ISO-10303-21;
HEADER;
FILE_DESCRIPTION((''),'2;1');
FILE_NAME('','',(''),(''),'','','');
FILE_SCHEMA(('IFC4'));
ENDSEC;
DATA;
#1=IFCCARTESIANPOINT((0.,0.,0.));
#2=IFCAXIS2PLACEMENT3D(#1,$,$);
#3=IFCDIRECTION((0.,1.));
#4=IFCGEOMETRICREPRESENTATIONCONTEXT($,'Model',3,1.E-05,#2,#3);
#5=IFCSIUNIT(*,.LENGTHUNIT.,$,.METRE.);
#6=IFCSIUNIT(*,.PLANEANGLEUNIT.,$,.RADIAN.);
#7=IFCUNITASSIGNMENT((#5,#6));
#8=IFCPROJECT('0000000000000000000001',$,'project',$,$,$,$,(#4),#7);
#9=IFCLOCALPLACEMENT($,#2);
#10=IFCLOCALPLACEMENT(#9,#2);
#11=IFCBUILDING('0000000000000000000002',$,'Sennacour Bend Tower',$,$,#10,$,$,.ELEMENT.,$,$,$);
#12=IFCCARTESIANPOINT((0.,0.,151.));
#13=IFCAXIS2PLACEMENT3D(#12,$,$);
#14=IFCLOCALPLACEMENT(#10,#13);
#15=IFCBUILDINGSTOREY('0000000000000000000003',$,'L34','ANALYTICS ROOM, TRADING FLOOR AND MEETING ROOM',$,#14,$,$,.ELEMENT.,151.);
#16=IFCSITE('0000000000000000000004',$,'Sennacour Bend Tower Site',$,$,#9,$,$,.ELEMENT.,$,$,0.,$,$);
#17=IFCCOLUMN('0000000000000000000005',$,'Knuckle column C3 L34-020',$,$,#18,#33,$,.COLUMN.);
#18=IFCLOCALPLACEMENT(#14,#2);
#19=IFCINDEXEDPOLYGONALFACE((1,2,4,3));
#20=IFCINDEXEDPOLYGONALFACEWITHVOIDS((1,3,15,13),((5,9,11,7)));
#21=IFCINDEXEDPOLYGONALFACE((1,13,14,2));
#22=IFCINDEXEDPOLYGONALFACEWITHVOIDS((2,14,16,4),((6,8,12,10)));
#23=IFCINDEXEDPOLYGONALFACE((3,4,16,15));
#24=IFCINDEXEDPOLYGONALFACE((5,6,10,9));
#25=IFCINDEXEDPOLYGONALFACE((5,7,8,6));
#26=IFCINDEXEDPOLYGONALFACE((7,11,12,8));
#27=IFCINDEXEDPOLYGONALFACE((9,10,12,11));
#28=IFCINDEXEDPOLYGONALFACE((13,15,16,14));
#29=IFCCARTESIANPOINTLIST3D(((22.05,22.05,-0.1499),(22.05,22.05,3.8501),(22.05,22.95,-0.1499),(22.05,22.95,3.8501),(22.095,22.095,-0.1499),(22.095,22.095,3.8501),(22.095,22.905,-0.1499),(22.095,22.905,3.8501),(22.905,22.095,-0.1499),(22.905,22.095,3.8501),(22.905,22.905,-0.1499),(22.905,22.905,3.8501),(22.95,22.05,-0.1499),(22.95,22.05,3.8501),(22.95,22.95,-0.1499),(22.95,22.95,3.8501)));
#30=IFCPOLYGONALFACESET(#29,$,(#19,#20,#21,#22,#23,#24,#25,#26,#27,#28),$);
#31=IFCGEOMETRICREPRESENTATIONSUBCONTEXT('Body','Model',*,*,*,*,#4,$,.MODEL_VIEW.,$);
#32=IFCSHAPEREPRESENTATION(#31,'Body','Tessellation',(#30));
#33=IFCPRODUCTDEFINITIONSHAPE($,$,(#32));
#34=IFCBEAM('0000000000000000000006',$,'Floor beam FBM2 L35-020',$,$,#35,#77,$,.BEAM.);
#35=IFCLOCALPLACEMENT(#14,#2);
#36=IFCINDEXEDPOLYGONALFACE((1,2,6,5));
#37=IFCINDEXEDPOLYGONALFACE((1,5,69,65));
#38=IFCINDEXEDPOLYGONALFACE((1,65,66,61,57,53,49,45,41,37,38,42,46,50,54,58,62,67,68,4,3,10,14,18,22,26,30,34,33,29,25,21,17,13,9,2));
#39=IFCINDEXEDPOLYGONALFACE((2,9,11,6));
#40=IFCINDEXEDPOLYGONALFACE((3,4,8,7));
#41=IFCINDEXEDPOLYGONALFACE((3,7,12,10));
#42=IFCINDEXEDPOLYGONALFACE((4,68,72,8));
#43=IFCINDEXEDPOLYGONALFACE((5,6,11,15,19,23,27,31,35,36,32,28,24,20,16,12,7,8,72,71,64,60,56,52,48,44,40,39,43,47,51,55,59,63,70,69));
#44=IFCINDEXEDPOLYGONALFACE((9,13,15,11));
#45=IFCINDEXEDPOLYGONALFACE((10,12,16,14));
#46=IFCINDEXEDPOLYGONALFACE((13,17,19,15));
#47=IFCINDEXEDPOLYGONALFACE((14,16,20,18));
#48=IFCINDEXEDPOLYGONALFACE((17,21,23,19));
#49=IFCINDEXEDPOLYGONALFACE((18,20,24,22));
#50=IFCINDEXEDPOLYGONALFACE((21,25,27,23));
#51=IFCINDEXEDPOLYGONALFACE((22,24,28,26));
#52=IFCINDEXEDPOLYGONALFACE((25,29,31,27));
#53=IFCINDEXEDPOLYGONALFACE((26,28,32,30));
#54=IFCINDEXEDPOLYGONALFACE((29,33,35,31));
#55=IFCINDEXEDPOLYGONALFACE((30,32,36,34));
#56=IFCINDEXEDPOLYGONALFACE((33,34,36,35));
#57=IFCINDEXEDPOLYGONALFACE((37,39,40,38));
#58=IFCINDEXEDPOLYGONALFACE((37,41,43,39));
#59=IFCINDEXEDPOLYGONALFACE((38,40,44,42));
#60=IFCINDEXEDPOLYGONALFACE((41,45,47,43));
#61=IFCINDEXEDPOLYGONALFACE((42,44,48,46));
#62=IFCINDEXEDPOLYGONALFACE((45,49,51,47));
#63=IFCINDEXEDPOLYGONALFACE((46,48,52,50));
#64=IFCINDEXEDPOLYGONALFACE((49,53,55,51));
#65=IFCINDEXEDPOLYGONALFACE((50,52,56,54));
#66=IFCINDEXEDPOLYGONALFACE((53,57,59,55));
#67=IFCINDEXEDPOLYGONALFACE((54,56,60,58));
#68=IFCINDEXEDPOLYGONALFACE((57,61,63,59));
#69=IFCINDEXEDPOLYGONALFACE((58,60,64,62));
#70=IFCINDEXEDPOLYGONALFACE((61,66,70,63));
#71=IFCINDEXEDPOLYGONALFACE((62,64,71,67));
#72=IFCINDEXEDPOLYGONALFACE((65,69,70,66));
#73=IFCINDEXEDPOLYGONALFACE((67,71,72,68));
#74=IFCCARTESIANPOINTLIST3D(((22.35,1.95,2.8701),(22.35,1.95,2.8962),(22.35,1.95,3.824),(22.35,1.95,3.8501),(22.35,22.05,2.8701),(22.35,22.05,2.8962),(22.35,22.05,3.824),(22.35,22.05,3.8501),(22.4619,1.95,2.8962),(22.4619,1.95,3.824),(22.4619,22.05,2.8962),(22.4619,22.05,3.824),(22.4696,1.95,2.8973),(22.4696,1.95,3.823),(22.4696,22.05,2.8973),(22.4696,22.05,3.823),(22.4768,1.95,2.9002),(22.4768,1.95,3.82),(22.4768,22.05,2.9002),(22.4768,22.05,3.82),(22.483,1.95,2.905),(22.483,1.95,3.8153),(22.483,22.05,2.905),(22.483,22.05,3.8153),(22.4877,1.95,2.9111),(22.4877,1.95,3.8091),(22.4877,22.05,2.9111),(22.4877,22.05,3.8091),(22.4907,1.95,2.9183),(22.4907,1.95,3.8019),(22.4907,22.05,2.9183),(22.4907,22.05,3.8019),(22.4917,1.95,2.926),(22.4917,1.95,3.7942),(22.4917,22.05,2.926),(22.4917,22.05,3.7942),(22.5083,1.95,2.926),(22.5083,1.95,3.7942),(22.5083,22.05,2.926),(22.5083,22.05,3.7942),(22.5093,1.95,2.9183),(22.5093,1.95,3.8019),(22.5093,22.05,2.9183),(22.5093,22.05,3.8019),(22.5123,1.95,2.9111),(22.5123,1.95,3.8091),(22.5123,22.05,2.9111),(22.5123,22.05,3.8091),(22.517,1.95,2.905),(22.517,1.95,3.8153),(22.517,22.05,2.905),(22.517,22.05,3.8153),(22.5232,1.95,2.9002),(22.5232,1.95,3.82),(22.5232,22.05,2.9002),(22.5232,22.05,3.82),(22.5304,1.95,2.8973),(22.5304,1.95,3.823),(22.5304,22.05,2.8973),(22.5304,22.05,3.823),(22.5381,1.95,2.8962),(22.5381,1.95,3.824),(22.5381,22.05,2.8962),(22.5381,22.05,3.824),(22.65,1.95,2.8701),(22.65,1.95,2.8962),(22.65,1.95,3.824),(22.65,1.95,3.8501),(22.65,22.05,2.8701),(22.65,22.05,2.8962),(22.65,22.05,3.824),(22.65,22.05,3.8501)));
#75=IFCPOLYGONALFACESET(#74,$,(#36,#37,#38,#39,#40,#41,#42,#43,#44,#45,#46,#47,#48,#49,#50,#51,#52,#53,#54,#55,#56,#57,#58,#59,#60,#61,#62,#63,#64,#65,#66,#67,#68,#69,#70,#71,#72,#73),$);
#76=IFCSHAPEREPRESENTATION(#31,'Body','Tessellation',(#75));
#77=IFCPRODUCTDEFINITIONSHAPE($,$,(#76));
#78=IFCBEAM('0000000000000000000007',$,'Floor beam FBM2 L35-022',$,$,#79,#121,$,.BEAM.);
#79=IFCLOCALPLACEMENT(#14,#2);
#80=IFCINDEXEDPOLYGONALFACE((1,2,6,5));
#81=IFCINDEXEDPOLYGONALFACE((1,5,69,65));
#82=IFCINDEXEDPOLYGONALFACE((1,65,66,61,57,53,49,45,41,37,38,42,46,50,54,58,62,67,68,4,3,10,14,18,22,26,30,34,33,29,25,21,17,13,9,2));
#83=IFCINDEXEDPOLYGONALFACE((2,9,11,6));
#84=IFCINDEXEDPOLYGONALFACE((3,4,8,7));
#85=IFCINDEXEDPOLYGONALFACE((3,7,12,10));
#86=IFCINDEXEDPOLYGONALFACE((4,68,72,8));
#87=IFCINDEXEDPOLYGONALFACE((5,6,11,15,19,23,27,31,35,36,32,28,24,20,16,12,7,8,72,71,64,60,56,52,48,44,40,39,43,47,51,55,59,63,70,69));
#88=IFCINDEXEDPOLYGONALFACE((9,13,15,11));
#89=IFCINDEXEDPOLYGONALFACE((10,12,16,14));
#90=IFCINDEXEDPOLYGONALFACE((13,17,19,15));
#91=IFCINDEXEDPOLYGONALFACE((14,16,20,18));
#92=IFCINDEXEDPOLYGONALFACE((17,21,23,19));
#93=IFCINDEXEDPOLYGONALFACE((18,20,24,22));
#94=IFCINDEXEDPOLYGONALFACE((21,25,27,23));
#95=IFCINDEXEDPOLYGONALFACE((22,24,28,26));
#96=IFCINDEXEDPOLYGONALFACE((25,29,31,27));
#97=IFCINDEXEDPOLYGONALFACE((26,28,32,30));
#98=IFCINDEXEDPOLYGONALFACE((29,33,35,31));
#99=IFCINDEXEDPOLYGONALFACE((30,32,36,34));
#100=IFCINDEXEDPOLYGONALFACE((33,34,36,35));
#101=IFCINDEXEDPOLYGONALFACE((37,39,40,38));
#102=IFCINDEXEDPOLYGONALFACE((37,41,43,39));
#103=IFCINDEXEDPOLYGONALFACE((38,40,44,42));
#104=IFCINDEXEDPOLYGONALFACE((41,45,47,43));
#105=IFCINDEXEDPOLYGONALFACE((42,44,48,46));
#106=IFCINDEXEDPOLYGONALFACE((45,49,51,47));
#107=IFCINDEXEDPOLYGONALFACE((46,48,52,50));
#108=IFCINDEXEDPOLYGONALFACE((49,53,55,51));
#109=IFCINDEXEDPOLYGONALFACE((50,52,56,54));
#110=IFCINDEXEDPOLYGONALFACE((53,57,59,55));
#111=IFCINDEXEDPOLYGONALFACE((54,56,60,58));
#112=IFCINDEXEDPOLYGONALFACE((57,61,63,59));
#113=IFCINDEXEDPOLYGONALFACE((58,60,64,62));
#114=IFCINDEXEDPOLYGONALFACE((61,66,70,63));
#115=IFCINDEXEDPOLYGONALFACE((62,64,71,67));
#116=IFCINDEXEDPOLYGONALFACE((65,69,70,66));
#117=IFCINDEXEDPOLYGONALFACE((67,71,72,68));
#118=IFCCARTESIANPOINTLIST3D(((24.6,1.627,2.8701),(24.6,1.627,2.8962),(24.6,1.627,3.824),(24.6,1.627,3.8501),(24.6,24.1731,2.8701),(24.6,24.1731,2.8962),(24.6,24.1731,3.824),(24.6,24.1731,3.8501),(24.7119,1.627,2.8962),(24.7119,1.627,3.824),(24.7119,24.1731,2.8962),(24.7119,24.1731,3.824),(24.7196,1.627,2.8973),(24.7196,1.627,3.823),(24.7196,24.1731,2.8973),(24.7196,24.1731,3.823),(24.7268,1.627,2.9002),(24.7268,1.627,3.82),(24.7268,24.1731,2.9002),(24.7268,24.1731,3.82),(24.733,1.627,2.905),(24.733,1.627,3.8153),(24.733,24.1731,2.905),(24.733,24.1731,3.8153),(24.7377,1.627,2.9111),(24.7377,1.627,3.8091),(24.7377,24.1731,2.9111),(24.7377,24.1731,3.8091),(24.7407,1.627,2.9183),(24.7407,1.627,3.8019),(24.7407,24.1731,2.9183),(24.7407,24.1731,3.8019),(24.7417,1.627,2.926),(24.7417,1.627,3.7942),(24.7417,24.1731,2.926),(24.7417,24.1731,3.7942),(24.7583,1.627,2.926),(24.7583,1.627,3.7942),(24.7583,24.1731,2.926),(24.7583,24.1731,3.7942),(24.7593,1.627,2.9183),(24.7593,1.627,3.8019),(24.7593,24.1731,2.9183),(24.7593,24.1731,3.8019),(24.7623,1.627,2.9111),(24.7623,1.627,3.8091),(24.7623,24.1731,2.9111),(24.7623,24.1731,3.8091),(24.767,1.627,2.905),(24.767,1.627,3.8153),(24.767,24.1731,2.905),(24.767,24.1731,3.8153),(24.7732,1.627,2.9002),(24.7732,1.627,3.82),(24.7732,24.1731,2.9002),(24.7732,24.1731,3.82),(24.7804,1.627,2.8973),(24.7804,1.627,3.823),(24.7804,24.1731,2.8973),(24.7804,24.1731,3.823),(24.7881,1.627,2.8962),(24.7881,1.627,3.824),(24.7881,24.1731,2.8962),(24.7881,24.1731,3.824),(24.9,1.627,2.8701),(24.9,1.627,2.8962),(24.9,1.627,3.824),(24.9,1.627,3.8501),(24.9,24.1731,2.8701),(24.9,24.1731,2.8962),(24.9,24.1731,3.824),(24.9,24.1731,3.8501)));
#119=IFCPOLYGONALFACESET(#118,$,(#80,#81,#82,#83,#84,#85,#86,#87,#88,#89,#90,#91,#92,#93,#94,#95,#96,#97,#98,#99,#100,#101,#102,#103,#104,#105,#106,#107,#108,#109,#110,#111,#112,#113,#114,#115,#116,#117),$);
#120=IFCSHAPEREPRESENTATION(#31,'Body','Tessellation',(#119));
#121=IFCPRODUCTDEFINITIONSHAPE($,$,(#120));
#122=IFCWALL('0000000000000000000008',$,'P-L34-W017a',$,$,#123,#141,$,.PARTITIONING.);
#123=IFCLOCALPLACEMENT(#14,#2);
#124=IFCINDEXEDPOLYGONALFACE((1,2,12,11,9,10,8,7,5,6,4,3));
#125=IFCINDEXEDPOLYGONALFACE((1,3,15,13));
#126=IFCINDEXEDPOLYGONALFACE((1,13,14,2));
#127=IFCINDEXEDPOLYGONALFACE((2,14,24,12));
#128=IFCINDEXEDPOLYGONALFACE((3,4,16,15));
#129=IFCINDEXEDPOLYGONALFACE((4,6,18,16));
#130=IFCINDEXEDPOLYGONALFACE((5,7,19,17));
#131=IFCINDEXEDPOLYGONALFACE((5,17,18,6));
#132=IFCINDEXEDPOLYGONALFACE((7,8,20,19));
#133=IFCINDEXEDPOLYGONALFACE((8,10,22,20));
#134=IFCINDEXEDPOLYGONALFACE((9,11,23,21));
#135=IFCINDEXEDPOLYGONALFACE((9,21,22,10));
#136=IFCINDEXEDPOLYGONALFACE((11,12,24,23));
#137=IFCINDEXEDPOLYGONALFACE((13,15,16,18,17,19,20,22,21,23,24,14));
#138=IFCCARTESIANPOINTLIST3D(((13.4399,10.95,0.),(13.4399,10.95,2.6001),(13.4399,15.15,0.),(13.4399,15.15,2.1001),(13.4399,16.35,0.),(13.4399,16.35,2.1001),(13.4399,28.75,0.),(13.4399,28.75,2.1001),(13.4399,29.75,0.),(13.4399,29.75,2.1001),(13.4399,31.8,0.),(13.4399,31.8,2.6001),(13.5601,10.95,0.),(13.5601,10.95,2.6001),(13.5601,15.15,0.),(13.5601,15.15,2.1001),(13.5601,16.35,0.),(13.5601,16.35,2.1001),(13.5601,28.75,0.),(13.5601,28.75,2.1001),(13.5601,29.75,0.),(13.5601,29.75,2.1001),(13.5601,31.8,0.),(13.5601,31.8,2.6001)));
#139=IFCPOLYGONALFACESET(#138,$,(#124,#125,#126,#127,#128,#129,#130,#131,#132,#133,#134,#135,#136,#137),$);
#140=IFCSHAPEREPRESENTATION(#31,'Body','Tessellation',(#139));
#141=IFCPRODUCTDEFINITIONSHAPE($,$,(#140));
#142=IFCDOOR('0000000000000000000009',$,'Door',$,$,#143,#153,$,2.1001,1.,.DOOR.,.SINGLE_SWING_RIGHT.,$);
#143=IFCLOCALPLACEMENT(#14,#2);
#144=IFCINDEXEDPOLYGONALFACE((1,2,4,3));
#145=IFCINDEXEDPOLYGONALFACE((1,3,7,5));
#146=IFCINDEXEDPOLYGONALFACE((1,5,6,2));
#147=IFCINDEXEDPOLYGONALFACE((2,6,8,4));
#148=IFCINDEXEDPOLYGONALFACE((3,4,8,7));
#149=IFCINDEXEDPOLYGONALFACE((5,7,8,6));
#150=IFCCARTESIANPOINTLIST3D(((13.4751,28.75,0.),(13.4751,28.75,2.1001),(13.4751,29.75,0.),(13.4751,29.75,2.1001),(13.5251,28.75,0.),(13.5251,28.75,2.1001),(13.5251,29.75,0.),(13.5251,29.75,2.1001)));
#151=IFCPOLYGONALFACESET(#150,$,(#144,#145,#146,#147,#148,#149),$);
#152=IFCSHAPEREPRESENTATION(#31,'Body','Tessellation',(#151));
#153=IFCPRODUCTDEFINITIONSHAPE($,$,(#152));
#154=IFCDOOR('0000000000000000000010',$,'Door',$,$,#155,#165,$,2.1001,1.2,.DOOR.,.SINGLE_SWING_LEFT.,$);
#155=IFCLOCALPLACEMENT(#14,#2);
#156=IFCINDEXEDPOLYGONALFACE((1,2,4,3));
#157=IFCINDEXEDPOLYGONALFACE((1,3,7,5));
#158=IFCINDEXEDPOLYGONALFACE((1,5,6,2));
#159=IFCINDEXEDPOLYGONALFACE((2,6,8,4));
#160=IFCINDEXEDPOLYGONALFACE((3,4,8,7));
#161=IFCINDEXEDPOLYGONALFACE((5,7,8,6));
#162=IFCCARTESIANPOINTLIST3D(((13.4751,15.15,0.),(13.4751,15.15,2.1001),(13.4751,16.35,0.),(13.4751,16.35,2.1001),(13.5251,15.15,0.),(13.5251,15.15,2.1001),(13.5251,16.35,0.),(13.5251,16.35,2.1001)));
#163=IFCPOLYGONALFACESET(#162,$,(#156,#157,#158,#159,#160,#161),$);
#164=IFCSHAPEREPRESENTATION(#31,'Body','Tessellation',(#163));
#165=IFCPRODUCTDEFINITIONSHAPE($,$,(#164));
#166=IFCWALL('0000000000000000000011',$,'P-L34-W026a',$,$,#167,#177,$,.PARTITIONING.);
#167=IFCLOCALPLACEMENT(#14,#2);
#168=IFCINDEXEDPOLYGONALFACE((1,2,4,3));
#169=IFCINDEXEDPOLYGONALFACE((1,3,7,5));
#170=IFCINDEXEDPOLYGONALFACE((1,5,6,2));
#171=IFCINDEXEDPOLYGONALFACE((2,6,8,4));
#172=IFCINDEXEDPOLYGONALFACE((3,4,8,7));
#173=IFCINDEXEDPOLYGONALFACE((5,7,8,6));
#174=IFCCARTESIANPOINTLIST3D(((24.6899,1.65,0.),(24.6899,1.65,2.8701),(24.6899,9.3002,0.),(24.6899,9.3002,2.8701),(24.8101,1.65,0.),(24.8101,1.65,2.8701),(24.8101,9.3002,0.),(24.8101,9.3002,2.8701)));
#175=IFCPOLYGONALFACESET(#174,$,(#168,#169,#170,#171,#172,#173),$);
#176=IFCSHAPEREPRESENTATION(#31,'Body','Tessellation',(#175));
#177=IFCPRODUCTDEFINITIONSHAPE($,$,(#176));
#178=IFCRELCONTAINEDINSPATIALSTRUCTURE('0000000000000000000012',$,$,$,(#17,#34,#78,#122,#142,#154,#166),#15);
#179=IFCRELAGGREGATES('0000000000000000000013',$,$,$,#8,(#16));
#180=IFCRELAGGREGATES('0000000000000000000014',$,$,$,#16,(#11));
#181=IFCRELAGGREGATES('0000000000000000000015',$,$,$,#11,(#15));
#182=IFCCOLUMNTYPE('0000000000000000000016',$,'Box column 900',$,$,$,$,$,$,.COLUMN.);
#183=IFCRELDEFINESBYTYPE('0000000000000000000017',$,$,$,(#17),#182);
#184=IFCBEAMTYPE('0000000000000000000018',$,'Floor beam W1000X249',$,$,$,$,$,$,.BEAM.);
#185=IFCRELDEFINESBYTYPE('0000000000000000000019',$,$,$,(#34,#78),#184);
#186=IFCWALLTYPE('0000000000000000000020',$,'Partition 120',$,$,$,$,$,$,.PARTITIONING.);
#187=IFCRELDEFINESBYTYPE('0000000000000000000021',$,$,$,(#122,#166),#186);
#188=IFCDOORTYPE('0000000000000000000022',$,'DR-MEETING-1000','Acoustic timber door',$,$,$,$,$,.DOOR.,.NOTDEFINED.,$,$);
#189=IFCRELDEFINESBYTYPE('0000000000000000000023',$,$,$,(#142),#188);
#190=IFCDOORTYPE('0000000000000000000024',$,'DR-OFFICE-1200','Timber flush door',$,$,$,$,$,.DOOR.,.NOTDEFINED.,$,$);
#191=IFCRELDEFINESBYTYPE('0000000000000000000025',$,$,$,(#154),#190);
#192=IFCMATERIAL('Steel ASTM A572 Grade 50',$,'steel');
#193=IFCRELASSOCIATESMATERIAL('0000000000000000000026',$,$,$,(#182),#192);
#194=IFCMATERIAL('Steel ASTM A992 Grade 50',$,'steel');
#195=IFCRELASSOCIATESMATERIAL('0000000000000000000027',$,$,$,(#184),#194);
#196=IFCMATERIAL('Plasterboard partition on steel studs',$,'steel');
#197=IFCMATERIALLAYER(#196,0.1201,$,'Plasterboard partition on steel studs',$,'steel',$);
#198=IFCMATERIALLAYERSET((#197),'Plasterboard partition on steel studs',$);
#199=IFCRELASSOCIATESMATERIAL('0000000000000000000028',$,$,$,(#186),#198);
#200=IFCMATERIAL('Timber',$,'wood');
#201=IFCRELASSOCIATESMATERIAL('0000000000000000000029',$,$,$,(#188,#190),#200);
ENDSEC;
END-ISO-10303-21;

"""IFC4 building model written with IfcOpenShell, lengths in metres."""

from ifc_helpers import new_model, si_unit, direction, frame, frame_2d, origin, origin_2d, place, context, subcontext, project, spatial, rectangle, hollow_rectangle, i_section, extrude, material, layer, layer_set, material_profile, profile_set, type_object, element, fill, save


model = new_model("IFC4")

# Units and contexts
model_context = context("Model", 3, precision=1e-05, world=origin(), true_north=direction((0.0, 1.0)))
body_context = subcontext(model_context, "Body", "Model", "MODEL_VIEW")
ifc_project = project(units=[si_unit("LENGTHUNIT", "METRE"), si_unit("PLANEANGLEUNIT", "RADIAN")], contexts=[model_context])

# Site, building, storey
site_placement = place(None, origin())
site = spatial("IfcSite", under=ifc_project, at=site_placement, Name="Sennacour Bend Tower Site", CompositionType="ELEMENT", RefElevation=0.0)
building_placement = place(site_placement, origin())
building = spatial("IfcBuilding", under=site, at=building_placement, Name="Sennacour Bend Tower", CompositionType="ELEMENT")
storey_placement = place(building_placement, frame((0.0, 0.0, 151.0)))
storey = spatial("IfcBuildingStorey", under=building, at=storey_placement, Name="L34", Description="ANALYTICS ROOM, TRADING FLOOR AND MEETING ROOM", CompositionType="ELEMENT", Elevation=151.0)

# Column
ifc_material_1 = material(Name="Steel ASTM A572 Grade 50", Category="steel")
ifc_material_profile_1 = material_profile(ifc_material_1, hollow_rectangle(XDim=0.8999, YDim=0.8999, WallThickness=0.0449, at=origin_2d()), Name="Steel ASTM A572 Grade 50", Category="steel")
ifc_profile_set_1 = profile_set([ifc_material_profile_1], Name="Steel ASTM A572 Grade 50")
column_type = type_object("IfcColumnType", Name="Box column 900", PredefinedType="COLUMN", material=ifc_profile_set_1)
column_placement = place(storey_placement, frame((22.5, 22.5, -0.1499), z_axis=(0.0, 0.0, 1.0), x_axis=(1.0, 0.0, 0.0)))
element("IfcColumn", 1, at=column_placement, inside=storey, type_object=column_type, Name="Knuckle column C3 L34-020", PredefinedType="COLUMN", context=body_context, shape_type="SweptSolid", body=[
    extrude(hollow_rectangle(XDim=0.8999, YDim=0.8999, WallThickness=0.0449, at=origin_2d()), origin(), (0.0, 0.0, 1.0), 4.0),
])

# Beams
ifc_material_2 = material(Name="Steel ASTM A992 Grade 50", Category="steel")
ifc_material_profile_2 = material_profile(ifc_material_2, i_section(OverallWidth=0.3, OverallDepth=0.98, WebThickness=0.0166, FlangeThickness=0.0261, FilletRadius=0.0298, at=origin_2d()), Name="Steel ASTM A992 Grade 50", Category="steel")
ifc_profile_set_2 = profile_set([ifc_material_profile_2], Name="Steel ASTM A992 Grade 50")
beam_type = type_object("IfcBeamType", Name="Floor beam W1000X249", PredefinedType="BEAM", material=ifc_profile_set_2)
beam_1_placement = place(storey_placement, frame((22.5, 1.95, 3.3601), z_axis=(0.0, 1.0, 0.0), x_axis=(-1.0, 0.0, 0.0)))
element("IfcBeam", 2, at=beam_1_placement, inside=storey, type_object=beam_type, Name="Floor beam FBM2 L35-020", PredefinedType="BEAM", context=body_context, shape_type="SweptSolid", body=[
    extrude(i_section(OverallWidth=0.3, OverallDepth=0.98, WebThickness=0.0166, FlangeThickness=0.0261, FilletRadius=0.0298, at=origin_2d()), origin(), (0.0, 0.0, 1.0), 20.1001),
])
beam_2_placement = place(storey_placement, frame((24.75, 1.627, 3.3601), z_axis=(0.0, 1.0, 0.0), x_axis=(-1.0, 0.0, 0.0)))
element("IfcBeam", 3, at=beam_2_placement, inside=storey, type_object=beam_type, Name="Floor beam FBM2 L35-022", PredefinedType="BEAM", context=body_context, shape_type="SweptSolid", body=[
    extrude(i_section(OverallWidth=0.3, OverallDepth=0.98, WebThickness=0.0166, FlangeThickness=0.0261, FilletRadius=0.0298, at=origin_2d()), origin(), (0.0, 0.0, 1.0), 22.5461),
])

# Wall, openings, doors
ifc_material_3 = material(Name="Plasterboard partition on steel studs", Category="steel")
ifc_layer_1 = layer(ifc_material_3, 0.1201, Name="Plasterboard partition on steel studs", Category="steel")
ifc_layer_set_1 = layer_set([ifc_layer_1], Name="Plasterboard partition on steel studs")
wall_type_1 = type_object("IfcWallType", Name="Partition 120", PredefinedType="PARTITIONING", material=ifc_layer_set_1)
wall_1_placement = place(storey_placement, frame((13.5, 10.95, 0.0), z_axis=(0.0, 0.0, 1.0), x_axis=(0.0, 1.0, 0.0)))
wall_1 = element("IfcWall", 4, at=wall_1_placement, inside=storey, type_object=wall_type_1, Name="P-L34-W017a", PredefinedType="PARTITIONING", context=body_context, shape_type="SweptSolid", body=[
    extrude(rectangle(XDim=20.8501, YDim=0.1201, at=frame_2d((10.425, 0.0))), origin(), (0.0, 0.0, 1.0), 2.6001),
])
opening_1_placement = place(wall_1_placement, frame((17.8, 0.0, 0.0)))
opening_1 = element("IfcOpeningElement", 5, at=opening_1_placement, cuts=wall_1, PredefinedType="OPENING", context=body_context, shape_type="SweptSolid", body=[
    extrude(rectangle(XDim=1.0, YDim=2.1001, at=frame_2d((0.5, 1.05))), frame((0.0, 0.0701, 0.0), z_axis=(0.0, -1.0, 0.0), x_axis=(1.0, 0.0, 0.0)), (0.0, 0.0, 1.0), 0.1401),
])
opening_2_placement = place(wall_1_placement, frame((4.2, 0.0, 0.0)))
opening_2 = element("IfcOpeningElement", 6, at=opening_2_placement, cuts=wall_1, PredefinedType="OPENING", context=body_context, shape_type="SweptSolid", body=[
    extrude(rectangle(XDim=1.2, YDim=2.1001, at=frame_2d((0.6001, 1.05))), frame((0.0, 0.0701, 0.0), z_axis=(0.0, -1.0, 0.0), x_axis=(1.0, 0.0, 0.0)), (0.0, 0.0, 1.0), 0.1401),
])
ifc_material_4 = material(Name="Timber", Category="wood")
door_type_1 = type_object("IfcDoorType", Name="DR-MEETING-1000", Description="Acoustic timber door", OperationType="NOTDEFINED", PredefinedType="DOOR", material=ifc_material_4)
door_1_placement = place(opening_1_placement, origin())
door_1 = element("IfcDoor", 7, at=door_1_placement, inside=storey, type_object=door_type_1, Name="Door", OperationType="SINGLE_SWING_RIGHT", OverallHeight=2.1001, OverallWidth=1.0, PredefinedType="DOOR", context=body_context, shape_type="SweptSolid", body=[
    extrude(rectangle(XDim=1.0, YDim=2.1001, at=frame_2d((0.5, 1.05))), frame((0.0, 0.0249, 0.0), z_axis=(0.0, -1.0, 0.0), x_axis=(1.0, 0.0, 0.0)), (0.0, 0.0, 1.0), 0.05),
])
fill(opening_1, door_1)
door_type_2 = type_object("IfcDoorType", Name="DR-OFFICE-1200", Description="Timber flush door", OperationType="NOTDEFINED", PredefinedType="DOOR", material=ifc_material_4)
door_2_placement = place(opening_2_placement, origin())
door_2 = element("IfcDoor", 8, at=door_2_placement, inside=storey, type_object=door_type_2, Name="Door", OperationType="SINGLE_SWING_LEFT", OverallHeight=2.1001, OverallWidth=1.2, PredefinedType="DOOR", context=body_context, shape_type="SweptSolid", body=[
    extrude(rectangle(XDim=1.2, YDim=2.1001, at=frame_2d((0.6001, 1.05))), frame((0.0, 0.0249, 0.0), z_axis=(0.0, -1.0, 0.0), x_axis=(1.0, 0.0, 0.0)), (0.0, 0.0, 1.0), 0.05),
])
fill(opening_2, door_2)

# Wall
wall_2_placement = place(storey_placement, frame((24.75, 1.6499, 0.0), z_axis=(0.0, 0.0, 1.0), x_axis=(0.0, 1.0, 0.0)))
element("IfcWall", 9, at=wall_2_placement, inside=storey, type_object=wall_type_1, Name="P-L34-W026a", PredefinedType="PARTITIONING", context=body_context, shape_type="SweptSolid", body=[
    extrude(rectangle(XDim=7.6501, YDim=0.1201, at=frame_2d((3.8252, 0.0))), origin(), (0.0, 0.0, 1.0), 2.8701),
])

save(model, "model.ifc")
